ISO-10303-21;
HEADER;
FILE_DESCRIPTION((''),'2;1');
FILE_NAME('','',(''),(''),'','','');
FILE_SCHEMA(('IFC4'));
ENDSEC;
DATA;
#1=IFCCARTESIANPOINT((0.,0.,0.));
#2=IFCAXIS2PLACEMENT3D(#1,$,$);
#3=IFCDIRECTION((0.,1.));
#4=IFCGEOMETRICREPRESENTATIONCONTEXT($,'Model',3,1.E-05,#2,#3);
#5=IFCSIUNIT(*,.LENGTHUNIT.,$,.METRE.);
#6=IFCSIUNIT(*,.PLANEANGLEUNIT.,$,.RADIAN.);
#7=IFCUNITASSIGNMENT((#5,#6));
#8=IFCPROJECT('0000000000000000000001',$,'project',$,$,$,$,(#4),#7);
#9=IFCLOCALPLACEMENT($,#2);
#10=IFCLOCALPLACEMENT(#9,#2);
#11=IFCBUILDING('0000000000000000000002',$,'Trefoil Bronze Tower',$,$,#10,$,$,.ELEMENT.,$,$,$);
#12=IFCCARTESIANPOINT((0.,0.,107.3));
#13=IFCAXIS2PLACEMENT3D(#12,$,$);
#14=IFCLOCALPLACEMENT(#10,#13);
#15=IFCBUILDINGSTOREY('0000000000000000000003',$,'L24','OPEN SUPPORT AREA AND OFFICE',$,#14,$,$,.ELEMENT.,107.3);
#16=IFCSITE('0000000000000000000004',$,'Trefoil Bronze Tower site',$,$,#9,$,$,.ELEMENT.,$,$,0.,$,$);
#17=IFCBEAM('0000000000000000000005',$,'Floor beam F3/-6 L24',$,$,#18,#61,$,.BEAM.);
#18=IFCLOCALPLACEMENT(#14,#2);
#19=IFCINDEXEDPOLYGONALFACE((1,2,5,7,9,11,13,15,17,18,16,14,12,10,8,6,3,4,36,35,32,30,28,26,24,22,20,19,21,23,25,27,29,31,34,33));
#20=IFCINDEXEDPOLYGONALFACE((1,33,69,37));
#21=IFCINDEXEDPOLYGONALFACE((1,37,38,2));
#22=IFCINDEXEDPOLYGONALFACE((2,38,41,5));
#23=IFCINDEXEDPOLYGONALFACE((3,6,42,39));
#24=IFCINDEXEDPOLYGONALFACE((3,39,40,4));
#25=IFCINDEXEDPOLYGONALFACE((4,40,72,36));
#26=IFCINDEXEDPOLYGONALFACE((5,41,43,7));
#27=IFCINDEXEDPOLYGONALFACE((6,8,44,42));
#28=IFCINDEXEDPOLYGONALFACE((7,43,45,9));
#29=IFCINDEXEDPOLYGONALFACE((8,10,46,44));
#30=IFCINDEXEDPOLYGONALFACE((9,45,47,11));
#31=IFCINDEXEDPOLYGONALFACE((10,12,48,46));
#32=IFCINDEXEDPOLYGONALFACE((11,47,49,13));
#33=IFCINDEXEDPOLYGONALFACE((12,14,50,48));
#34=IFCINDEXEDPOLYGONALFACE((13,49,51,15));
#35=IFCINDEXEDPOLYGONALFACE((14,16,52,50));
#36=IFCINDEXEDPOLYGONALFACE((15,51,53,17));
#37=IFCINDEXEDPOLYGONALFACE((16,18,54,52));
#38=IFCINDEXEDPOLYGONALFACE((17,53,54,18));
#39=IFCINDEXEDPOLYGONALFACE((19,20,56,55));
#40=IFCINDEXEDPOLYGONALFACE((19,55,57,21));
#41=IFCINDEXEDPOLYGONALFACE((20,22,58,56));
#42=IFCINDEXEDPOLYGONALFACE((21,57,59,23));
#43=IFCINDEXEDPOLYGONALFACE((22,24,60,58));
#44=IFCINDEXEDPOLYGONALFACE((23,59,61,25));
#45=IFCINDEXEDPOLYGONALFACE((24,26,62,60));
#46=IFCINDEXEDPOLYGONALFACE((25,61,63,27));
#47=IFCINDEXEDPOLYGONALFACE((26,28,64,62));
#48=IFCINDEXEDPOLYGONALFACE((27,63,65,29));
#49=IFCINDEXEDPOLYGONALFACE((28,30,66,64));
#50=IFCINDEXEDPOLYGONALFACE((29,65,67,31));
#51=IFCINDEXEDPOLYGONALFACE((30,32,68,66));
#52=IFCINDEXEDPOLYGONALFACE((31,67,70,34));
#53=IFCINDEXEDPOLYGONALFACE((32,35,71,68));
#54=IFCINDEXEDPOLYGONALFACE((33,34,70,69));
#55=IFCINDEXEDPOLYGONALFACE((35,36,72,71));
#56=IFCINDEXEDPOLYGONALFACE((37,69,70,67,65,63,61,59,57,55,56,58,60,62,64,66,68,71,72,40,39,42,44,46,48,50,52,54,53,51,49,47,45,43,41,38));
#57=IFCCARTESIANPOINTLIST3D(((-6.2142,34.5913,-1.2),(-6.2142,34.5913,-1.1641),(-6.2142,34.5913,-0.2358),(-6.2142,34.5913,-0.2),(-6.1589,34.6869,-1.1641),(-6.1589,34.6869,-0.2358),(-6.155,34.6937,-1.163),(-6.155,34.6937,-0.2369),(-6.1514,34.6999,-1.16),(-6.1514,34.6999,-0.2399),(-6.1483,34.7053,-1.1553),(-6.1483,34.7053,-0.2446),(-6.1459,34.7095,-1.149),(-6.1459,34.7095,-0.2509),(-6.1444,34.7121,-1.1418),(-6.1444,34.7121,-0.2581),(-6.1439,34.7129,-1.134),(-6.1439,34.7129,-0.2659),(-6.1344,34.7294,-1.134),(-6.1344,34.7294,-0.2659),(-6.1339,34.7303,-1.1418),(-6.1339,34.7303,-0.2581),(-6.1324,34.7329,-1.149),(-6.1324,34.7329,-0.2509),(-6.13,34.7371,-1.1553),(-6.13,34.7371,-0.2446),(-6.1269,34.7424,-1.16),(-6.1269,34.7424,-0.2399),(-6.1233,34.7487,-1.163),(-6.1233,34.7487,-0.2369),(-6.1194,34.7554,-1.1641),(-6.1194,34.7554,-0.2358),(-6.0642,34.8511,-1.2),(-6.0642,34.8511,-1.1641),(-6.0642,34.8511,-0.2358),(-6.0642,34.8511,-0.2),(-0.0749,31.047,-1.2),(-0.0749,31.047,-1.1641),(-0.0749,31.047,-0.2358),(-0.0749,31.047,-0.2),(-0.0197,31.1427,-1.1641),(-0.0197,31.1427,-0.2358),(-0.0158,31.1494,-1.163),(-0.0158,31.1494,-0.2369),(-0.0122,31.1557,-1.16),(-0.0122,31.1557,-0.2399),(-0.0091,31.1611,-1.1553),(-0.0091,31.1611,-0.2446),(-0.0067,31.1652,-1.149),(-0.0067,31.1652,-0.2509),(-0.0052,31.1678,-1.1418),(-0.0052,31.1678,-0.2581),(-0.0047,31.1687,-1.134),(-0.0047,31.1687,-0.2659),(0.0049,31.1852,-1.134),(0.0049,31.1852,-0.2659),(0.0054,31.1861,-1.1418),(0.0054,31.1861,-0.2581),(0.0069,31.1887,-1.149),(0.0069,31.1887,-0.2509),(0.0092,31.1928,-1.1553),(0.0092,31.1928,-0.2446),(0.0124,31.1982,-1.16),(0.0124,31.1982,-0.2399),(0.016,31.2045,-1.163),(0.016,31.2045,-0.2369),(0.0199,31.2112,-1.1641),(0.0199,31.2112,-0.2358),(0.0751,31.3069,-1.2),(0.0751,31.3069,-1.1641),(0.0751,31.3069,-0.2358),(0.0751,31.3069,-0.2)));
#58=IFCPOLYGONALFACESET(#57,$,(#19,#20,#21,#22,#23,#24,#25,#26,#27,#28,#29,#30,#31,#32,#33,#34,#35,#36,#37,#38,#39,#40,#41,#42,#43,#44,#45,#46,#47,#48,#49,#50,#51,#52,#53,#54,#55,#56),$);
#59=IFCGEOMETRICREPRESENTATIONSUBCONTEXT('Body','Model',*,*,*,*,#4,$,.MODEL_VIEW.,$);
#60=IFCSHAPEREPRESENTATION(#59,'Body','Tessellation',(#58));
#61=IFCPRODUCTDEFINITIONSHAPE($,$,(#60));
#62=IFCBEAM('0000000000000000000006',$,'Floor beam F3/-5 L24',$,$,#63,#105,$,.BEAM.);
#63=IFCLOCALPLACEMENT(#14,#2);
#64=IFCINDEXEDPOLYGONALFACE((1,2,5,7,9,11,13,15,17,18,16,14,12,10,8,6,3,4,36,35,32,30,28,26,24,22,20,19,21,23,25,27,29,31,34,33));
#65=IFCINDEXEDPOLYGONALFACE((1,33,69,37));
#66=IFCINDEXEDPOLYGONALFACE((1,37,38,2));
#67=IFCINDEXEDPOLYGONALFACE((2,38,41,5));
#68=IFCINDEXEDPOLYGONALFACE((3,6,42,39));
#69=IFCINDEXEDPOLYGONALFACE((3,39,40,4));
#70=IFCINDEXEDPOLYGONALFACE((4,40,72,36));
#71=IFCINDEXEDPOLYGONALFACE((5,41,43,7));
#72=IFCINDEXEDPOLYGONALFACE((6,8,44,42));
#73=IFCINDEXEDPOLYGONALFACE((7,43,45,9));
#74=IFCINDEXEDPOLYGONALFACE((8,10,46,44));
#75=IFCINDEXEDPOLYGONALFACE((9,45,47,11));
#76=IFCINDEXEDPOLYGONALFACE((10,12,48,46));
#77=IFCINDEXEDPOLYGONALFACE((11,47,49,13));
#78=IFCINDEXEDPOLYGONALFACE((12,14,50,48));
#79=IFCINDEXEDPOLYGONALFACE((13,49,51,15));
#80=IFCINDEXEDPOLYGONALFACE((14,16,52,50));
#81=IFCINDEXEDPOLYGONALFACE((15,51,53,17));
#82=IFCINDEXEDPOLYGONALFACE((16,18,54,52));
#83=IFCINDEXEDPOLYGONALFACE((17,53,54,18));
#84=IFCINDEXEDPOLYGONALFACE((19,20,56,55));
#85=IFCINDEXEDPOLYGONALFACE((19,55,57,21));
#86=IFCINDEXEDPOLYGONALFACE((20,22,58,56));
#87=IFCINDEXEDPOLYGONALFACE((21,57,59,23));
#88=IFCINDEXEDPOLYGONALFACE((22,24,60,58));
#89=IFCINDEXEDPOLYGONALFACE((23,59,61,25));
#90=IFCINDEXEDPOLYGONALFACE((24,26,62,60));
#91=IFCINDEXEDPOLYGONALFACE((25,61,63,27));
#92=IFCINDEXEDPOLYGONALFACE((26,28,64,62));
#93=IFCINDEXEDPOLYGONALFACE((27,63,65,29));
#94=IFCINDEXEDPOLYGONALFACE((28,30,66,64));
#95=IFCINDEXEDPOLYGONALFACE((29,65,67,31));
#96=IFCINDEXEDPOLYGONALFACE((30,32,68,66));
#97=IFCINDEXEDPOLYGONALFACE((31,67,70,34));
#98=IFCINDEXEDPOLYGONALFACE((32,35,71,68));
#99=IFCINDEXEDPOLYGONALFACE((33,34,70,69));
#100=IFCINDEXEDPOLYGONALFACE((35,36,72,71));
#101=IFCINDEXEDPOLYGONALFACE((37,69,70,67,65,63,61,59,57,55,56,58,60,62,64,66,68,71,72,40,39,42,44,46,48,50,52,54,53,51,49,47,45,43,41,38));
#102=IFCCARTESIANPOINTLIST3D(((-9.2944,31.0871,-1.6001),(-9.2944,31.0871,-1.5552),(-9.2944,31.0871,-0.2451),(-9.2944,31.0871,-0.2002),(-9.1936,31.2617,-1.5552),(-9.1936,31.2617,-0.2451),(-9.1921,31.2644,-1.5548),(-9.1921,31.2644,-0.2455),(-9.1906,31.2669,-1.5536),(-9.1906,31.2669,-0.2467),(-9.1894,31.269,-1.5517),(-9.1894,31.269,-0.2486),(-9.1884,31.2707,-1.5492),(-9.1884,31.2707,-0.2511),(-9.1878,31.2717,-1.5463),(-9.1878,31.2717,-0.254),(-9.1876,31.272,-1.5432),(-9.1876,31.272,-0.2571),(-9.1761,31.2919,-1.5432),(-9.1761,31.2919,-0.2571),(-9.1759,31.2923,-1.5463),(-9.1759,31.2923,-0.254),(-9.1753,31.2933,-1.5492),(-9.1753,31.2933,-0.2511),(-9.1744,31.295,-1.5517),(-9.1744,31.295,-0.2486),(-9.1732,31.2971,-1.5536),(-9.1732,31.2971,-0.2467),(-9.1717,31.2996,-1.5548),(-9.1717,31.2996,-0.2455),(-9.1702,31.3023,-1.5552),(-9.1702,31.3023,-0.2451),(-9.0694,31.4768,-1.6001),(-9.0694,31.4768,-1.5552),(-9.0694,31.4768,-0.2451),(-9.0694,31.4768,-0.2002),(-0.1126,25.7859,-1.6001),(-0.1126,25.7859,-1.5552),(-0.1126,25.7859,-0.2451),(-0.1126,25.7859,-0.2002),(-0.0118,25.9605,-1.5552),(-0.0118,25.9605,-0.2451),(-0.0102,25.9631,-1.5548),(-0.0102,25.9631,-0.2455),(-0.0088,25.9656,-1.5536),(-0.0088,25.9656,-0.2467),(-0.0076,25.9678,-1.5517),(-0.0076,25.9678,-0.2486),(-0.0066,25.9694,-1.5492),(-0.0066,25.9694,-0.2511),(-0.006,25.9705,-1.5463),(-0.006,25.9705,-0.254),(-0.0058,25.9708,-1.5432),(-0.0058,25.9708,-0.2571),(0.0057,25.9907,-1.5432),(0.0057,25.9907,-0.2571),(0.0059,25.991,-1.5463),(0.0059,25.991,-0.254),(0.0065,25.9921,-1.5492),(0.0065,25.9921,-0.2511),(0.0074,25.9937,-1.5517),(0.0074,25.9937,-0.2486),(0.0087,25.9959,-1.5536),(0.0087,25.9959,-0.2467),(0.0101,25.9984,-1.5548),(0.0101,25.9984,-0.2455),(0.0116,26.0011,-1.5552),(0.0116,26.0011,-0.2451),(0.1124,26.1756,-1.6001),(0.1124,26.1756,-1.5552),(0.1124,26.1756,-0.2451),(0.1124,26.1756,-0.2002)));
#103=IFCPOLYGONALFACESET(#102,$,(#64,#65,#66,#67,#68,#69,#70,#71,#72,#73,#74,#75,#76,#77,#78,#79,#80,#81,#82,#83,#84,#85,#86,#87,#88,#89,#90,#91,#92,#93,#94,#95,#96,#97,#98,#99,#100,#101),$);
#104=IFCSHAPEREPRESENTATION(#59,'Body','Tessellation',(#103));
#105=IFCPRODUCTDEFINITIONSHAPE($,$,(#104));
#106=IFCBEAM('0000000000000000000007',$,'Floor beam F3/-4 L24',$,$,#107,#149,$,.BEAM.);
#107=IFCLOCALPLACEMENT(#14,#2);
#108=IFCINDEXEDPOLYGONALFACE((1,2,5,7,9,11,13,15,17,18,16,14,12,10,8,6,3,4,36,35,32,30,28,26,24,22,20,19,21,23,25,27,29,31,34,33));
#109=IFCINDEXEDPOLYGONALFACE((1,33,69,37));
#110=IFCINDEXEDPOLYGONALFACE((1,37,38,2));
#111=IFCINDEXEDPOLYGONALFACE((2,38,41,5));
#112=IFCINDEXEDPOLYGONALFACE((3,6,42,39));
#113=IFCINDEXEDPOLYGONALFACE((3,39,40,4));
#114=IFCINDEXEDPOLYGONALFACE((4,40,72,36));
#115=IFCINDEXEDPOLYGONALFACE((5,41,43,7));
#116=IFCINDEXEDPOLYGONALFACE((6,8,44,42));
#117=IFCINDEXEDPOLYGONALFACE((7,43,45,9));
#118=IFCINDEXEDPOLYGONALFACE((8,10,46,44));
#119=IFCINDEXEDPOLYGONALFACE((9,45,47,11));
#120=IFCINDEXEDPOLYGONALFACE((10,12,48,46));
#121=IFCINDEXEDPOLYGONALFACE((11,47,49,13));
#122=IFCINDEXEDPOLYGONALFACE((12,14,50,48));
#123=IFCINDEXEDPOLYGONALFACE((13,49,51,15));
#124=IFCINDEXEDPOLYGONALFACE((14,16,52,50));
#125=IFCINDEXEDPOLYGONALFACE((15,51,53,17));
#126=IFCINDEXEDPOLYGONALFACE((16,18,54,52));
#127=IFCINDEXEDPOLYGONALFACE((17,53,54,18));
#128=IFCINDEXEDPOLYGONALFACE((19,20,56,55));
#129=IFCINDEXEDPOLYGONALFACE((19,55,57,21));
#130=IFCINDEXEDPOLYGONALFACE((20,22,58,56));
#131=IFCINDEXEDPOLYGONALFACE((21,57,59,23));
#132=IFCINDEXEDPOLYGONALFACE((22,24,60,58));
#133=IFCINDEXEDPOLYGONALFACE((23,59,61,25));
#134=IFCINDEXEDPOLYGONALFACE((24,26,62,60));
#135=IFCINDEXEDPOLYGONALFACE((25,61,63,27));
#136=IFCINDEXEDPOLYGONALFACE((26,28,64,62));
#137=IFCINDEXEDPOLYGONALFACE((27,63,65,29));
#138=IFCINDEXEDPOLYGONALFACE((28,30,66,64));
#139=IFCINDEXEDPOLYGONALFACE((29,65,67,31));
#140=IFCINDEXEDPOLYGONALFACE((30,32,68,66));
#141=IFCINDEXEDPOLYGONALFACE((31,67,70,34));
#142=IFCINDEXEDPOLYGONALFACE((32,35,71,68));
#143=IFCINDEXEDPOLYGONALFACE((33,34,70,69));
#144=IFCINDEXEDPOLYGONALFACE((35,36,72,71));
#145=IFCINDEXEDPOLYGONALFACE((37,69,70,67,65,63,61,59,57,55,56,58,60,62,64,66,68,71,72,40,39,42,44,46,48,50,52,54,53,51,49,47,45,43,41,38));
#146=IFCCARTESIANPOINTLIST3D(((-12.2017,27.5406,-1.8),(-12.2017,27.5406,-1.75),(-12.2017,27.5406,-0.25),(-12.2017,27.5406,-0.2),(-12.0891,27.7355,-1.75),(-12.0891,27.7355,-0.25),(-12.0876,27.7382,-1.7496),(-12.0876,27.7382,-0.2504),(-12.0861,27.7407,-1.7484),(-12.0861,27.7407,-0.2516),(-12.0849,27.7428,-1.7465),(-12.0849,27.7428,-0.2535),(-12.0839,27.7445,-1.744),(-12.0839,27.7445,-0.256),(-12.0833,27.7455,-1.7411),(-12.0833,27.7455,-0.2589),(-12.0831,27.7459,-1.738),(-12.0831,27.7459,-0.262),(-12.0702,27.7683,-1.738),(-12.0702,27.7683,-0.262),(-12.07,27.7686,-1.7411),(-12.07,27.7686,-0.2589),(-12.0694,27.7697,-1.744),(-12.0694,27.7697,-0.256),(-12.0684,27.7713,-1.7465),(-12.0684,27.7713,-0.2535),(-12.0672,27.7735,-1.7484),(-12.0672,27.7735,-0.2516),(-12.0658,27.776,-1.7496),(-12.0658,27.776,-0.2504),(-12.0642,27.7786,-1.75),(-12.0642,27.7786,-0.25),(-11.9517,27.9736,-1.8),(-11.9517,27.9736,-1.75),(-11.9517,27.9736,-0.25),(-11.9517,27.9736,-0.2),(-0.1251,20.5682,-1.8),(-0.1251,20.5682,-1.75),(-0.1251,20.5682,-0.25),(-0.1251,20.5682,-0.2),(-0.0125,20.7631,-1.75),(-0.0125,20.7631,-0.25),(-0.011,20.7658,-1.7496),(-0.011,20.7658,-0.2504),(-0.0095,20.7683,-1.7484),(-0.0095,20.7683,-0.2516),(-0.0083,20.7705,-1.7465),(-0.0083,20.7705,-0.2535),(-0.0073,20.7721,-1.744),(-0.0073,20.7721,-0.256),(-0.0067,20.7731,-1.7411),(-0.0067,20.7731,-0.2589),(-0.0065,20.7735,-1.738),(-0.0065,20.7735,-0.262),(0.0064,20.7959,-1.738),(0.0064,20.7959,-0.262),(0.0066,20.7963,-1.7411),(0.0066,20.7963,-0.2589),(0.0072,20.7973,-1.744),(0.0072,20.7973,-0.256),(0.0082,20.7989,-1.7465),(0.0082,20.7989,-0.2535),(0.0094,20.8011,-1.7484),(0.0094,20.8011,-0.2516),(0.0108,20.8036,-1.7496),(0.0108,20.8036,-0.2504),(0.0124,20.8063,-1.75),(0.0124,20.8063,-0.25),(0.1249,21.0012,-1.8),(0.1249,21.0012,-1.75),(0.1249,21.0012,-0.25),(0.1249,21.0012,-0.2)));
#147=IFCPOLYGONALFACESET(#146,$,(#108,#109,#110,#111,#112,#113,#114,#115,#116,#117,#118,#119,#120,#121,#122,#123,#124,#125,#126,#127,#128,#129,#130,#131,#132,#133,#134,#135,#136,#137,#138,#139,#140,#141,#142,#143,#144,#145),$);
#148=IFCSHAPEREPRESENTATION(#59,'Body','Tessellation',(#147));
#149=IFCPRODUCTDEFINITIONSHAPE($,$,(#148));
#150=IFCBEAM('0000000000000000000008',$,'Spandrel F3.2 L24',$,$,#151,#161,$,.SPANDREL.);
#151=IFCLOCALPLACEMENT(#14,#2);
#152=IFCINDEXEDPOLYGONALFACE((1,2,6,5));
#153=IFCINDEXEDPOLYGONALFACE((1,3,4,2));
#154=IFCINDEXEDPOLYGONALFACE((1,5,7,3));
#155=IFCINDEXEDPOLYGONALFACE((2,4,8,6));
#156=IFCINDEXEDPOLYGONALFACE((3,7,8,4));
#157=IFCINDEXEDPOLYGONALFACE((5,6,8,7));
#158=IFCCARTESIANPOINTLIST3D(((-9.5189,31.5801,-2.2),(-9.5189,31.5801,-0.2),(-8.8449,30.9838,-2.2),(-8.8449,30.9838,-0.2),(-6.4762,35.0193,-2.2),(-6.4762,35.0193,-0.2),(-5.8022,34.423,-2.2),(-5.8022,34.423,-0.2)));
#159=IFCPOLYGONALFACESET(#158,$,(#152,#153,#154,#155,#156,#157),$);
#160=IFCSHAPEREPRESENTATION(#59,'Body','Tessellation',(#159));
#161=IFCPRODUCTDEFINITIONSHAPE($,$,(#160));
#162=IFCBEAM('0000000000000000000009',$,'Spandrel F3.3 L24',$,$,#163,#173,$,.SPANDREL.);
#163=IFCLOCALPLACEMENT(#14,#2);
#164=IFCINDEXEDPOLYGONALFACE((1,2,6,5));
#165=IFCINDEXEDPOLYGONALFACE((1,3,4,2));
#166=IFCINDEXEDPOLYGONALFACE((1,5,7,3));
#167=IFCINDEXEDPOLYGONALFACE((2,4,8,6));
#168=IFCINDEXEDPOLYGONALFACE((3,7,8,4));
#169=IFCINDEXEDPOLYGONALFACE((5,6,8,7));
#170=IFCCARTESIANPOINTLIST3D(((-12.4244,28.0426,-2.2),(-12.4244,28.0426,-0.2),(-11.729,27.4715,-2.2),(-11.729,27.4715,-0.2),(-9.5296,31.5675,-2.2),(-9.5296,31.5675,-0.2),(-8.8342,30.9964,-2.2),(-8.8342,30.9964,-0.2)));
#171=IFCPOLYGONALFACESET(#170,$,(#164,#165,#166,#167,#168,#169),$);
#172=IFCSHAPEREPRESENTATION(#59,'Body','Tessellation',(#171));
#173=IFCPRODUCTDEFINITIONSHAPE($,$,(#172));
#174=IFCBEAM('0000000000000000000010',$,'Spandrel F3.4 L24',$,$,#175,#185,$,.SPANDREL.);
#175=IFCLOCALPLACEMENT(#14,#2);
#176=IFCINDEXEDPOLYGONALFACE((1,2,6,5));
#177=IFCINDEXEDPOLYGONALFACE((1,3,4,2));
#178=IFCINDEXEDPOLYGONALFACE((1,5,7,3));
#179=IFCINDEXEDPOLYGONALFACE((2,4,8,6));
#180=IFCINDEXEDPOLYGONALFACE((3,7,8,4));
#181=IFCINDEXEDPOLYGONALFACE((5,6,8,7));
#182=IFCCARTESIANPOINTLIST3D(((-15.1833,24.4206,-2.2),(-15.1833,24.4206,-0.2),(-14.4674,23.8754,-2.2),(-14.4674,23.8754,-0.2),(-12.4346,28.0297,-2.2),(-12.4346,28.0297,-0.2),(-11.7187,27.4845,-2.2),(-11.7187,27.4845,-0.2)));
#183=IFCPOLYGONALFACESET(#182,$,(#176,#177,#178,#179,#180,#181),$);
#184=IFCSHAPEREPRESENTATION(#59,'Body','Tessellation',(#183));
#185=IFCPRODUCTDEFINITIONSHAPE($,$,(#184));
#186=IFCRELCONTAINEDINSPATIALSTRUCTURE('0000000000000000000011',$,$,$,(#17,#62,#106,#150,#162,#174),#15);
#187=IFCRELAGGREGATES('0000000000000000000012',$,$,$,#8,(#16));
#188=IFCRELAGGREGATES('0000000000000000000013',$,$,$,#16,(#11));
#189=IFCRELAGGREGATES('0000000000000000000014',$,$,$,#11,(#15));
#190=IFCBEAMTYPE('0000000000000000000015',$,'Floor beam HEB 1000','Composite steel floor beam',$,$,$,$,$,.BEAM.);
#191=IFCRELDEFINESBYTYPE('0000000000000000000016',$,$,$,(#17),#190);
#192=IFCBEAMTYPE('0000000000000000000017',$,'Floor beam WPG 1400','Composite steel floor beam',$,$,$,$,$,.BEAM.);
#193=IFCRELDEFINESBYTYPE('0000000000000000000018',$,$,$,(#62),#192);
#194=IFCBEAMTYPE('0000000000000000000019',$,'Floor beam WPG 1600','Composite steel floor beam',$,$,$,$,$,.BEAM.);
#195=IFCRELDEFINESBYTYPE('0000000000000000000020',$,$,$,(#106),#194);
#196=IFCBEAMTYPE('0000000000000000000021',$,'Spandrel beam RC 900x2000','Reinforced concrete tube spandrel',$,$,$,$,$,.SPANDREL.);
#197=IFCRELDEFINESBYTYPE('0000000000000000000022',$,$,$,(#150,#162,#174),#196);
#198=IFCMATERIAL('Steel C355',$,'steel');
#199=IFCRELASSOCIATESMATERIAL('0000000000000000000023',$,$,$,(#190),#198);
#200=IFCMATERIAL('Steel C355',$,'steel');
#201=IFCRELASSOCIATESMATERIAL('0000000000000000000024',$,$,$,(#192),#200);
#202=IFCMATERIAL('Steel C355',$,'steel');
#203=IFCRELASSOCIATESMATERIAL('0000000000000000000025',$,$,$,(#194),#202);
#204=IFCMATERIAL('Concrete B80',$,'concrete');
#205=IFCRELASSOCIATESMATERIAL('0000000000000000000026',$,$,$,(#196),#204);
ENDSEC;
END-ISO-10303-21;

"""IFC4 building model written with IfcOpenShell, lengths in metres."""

from ifc_helpers import new_model, si_unit, direction, frame, origin, origin_2d, place, context, subcontext, project, spatial, rectangle, i_section, extrude, material, material_profile, profile_set, type_object, element, save


model = new_model("IFC4")

# Units and contexts
model_context = context("Model", 3, precision=1e-05, world=origin(), true_north=direction((0.0, 1.0)))
body_context = subcontext(model_context, "Body", "Model", "MODEL_VIEW")
ifc_project = project(units=[si_unit("LENGTHUNIT", "METRE"), si_unit("PLANEANGLEUNIT", "RADIAN")], contexts=[model_context])

# Site, building, storey
site_placement = place(None, origin())
site = spatial("IfcSite", under=ifc_project, at=site_placement, Name="Trefoil Bronze Tower site", CompositionType="ELEMENT", RefElevation=0.0)
building_placement = place(site_placement, origin())
building = spatial("IfcBuilding", under=site, at=building_placement, Name="Trefoil Bronze Tower", CompositionType="ELEMENT")
storey_placement = place(building_placement, frame((0.0, 0.0, 107.3)))
storey = spatial("IfcBuildingStorey", under=building, at=storey_placement, Name="L24", Description="OPEN SUPPORT AREA AND OFFICE", CompositionType="ELEMENT", Elevation=107.3)

# Beams
ifc_material_1 = material(Name="Steel C355", Category="steel")
ifc_material_profile_1 = material_profile(ifc_material_1, i_section(OverallWidth=0.3, OverallDepth=1.0, WebThickness=0.019, FlangeThickness=0.0359, FilletRadius=0.03, at=origin_2d()), Name="HEB 1000")
ifc_profile_set_1 = profile_set([ifc_material_profile_1], Name="Steel C355")
beam_type_1 = type_object("IfcBeamType", Name="Floor beam HEB 1000", Description="Composite steel floor beam", PredefinedType="BEAM", material=ifc_profile_set_1)
beam_1_placement = place(storey_placement, frame((-6.1392, 34.7212, -0.7), z_axis=(0.866041, -0.499973, 0.0), x_axis=(0.499973, 0.866041, 0.0)))
element("IfcBeam", 1, at=beam_1_placement, inside=storey, type_object=beam_type_1, Name="Floor beam F3/-6 L24", PredefinedType="BEAM", context=body_context, shape_type="SweptSolid", body=[
    extrude(i_section(OverallWidth=0.3, OverallDepth=1.0, WebThickness=0.019, FlangeThickness=0.0359, FilletRadius=0.03, at=origin_2d()), origin(), (0.0, 0.0, 1.0), 7.0889),
])
ifc_material_2 = material(Name="Steel C355", Category="steel")
ifc_material_profile_2 = material_profile(ifc_material_2, i_section(OverallWidth=0.45, OverallDepth=1.3999, WebThickness=0.0229, FlangeThickness=0.0449, FilletRadius=0.012, at=origin_2d()), Name="WPG 1400")
ifc_profile_set_2 = profile_set([ifc_material_profile_2], Name="Steel C355")
beam_type_2 = type_object("IfcBeamType", Name="Floor beam WPG 1400", Description="Composite steel floor beam", PredefinedType="BEAM", material=ifc_profile_set_2)
beam_2_placement = place(storey_placement, frame((-9.1819, 31.282, -0.9001), z_axis=(0.866021, -0.500007, 0.0), x_axis=(0.500007, 0.866021, 0.0)))
element("IfcBeam", 2, at=beam_2_placement, inside=storey, type_object=beam_type_2, Name="Floor beam F3/-5 L24", PredefinedType="BEAM", context=body_context, shape_type="SweptSolid", body=[
    extrude(i_section(OverallWidth=0.45, OverallDepth=1.3999, WebThickness=0.0229, FlangeThickness=0.0449, FilletRadius=0.012, at=origin_2d()), origin(), (0.0, 0.0, 1.0), 10.6023),
])
ifc_material_3 = material(Name="Steel C355", Category="steel")
ifc_material_profile_3 = material_profile(ifc_material_3, i_section(OverallWidth=0.5, OverallDepth=1.6001, WebThickness=0.0259, FlangeThickness=0.05, FilletRadius=0.012, at=origin_2d()), Name="WPG 1600")
ifc_profile_set_3 = profile_set([ifc_material_profile_3], Name="Steel C355")
beam_type_3 = type_object("IfcBeamType", Name="Floor beam WPG 1600", Description="Composite steel floor beam", PredefinedType="BEAM", material=ifc_profile_set_3)
beam_3_placement = place(storey_placement, frame((-12.0767, 27.7571, -1.0), z_axis=(0.866027, -0.499997, 0.0), x_axis=(0.499997, 0.866027, 0.0)))
element("IfcBeam", 3, at=beam_3_placement, inside=storey, type_object=beam_type_3, Name="Floor beam F3/-4 L24", PredefinedType="BEAM", context=body_context, shape_type="SweptSolid", body=[
    extrude(i_section(OverallWidth=0.5, OverallDepth=1.6001, WebThickness=0.0259, FlangeThickness=0.05, FilletRadius=0.012, at=origin_2d()), origin(), (0.0, 0.0, 1.0), 13.9448),
])
ifc_material_4 = material(Name="Concrete B80", Category="concrete")
ifc_material_profile_4 = material_profile(ifc_material_4, rectangle(XDim=0.8999, YDim=2.0, at=origin_2d()), Name="RC 900x2000")
ifc_profile_set_4 = profile_set([ifc_material_profile_4], Name="Concrete B80")
beam_type_4 = type_object("IfcBeamType", Name="Spandrel beam RC 900x2000", Description="Reinforced concrete tube spandrel", PredefinedType="SPANDREL", material=ifc_profile_set_4)
beam_4_placement = place(storey_placement, frame((-6.1392, 34.7212, -1.2), z_axis=(-0.662616, -0.748959, 0.0), x_axis=(0.748959, -0.662616, 0.0)))
element("IfcBeam", 4, at=beam_4_placement, inside=storey, type_object=beam_type_4, Name="Spandrel F3.2 L24", PredefinedType="SPANDREL", context=body_context, shape_type="SweptSolid", body=[
    extrude(rectangle(XDim=0.8999, YDim=2.0, at=origin_2d()), origin(), (0.0, 0.0, 1.0), 4.592),
])
beam_5_placement = place(storey_placement, frame((-9.1819, 31.282, -1.2), z_axis=(-0.63465, -0.772799, 0.0), x_axis=(0.772799, -0.63465, 0.0)))
element("IfcBeam", 5, at=beam_5_placement, inside=storey, type_object=beam_type_4, Name="Spandrel F3.3 L24", PredefinedType="SPANDREL", context=body_context, shape_type="SweptSolid", body=[
    extrude(rectangle(XDim=0.8999, YDim=2.0, at=origin_2d()), origin(), (0.0, 0.0, 1.0), 4.5613),
])
beam_6_placement = place(storey_placement, frame((-12.0767, 27.7571, -1.2), z_axis=(-0.605899, -0.795542, 0.0), x_axis=(0.795542, -0.605899, 0.0)))
element("IfcBeam", 6, at=beam_6_placement, inside=storey, type_object=beam_type_4, Name="Spandrel F3.4 L24", PredefinedType="SPANDREL", context=body_context, shape_type="SweptSolid", body=[
    extrude(rectangle(XDim=0.8999, YDim=2.0, at=origin_2d()), origin(), (0.0, 0.0, 1.0), 4.5366),
])

save(model, "model.ifc")
